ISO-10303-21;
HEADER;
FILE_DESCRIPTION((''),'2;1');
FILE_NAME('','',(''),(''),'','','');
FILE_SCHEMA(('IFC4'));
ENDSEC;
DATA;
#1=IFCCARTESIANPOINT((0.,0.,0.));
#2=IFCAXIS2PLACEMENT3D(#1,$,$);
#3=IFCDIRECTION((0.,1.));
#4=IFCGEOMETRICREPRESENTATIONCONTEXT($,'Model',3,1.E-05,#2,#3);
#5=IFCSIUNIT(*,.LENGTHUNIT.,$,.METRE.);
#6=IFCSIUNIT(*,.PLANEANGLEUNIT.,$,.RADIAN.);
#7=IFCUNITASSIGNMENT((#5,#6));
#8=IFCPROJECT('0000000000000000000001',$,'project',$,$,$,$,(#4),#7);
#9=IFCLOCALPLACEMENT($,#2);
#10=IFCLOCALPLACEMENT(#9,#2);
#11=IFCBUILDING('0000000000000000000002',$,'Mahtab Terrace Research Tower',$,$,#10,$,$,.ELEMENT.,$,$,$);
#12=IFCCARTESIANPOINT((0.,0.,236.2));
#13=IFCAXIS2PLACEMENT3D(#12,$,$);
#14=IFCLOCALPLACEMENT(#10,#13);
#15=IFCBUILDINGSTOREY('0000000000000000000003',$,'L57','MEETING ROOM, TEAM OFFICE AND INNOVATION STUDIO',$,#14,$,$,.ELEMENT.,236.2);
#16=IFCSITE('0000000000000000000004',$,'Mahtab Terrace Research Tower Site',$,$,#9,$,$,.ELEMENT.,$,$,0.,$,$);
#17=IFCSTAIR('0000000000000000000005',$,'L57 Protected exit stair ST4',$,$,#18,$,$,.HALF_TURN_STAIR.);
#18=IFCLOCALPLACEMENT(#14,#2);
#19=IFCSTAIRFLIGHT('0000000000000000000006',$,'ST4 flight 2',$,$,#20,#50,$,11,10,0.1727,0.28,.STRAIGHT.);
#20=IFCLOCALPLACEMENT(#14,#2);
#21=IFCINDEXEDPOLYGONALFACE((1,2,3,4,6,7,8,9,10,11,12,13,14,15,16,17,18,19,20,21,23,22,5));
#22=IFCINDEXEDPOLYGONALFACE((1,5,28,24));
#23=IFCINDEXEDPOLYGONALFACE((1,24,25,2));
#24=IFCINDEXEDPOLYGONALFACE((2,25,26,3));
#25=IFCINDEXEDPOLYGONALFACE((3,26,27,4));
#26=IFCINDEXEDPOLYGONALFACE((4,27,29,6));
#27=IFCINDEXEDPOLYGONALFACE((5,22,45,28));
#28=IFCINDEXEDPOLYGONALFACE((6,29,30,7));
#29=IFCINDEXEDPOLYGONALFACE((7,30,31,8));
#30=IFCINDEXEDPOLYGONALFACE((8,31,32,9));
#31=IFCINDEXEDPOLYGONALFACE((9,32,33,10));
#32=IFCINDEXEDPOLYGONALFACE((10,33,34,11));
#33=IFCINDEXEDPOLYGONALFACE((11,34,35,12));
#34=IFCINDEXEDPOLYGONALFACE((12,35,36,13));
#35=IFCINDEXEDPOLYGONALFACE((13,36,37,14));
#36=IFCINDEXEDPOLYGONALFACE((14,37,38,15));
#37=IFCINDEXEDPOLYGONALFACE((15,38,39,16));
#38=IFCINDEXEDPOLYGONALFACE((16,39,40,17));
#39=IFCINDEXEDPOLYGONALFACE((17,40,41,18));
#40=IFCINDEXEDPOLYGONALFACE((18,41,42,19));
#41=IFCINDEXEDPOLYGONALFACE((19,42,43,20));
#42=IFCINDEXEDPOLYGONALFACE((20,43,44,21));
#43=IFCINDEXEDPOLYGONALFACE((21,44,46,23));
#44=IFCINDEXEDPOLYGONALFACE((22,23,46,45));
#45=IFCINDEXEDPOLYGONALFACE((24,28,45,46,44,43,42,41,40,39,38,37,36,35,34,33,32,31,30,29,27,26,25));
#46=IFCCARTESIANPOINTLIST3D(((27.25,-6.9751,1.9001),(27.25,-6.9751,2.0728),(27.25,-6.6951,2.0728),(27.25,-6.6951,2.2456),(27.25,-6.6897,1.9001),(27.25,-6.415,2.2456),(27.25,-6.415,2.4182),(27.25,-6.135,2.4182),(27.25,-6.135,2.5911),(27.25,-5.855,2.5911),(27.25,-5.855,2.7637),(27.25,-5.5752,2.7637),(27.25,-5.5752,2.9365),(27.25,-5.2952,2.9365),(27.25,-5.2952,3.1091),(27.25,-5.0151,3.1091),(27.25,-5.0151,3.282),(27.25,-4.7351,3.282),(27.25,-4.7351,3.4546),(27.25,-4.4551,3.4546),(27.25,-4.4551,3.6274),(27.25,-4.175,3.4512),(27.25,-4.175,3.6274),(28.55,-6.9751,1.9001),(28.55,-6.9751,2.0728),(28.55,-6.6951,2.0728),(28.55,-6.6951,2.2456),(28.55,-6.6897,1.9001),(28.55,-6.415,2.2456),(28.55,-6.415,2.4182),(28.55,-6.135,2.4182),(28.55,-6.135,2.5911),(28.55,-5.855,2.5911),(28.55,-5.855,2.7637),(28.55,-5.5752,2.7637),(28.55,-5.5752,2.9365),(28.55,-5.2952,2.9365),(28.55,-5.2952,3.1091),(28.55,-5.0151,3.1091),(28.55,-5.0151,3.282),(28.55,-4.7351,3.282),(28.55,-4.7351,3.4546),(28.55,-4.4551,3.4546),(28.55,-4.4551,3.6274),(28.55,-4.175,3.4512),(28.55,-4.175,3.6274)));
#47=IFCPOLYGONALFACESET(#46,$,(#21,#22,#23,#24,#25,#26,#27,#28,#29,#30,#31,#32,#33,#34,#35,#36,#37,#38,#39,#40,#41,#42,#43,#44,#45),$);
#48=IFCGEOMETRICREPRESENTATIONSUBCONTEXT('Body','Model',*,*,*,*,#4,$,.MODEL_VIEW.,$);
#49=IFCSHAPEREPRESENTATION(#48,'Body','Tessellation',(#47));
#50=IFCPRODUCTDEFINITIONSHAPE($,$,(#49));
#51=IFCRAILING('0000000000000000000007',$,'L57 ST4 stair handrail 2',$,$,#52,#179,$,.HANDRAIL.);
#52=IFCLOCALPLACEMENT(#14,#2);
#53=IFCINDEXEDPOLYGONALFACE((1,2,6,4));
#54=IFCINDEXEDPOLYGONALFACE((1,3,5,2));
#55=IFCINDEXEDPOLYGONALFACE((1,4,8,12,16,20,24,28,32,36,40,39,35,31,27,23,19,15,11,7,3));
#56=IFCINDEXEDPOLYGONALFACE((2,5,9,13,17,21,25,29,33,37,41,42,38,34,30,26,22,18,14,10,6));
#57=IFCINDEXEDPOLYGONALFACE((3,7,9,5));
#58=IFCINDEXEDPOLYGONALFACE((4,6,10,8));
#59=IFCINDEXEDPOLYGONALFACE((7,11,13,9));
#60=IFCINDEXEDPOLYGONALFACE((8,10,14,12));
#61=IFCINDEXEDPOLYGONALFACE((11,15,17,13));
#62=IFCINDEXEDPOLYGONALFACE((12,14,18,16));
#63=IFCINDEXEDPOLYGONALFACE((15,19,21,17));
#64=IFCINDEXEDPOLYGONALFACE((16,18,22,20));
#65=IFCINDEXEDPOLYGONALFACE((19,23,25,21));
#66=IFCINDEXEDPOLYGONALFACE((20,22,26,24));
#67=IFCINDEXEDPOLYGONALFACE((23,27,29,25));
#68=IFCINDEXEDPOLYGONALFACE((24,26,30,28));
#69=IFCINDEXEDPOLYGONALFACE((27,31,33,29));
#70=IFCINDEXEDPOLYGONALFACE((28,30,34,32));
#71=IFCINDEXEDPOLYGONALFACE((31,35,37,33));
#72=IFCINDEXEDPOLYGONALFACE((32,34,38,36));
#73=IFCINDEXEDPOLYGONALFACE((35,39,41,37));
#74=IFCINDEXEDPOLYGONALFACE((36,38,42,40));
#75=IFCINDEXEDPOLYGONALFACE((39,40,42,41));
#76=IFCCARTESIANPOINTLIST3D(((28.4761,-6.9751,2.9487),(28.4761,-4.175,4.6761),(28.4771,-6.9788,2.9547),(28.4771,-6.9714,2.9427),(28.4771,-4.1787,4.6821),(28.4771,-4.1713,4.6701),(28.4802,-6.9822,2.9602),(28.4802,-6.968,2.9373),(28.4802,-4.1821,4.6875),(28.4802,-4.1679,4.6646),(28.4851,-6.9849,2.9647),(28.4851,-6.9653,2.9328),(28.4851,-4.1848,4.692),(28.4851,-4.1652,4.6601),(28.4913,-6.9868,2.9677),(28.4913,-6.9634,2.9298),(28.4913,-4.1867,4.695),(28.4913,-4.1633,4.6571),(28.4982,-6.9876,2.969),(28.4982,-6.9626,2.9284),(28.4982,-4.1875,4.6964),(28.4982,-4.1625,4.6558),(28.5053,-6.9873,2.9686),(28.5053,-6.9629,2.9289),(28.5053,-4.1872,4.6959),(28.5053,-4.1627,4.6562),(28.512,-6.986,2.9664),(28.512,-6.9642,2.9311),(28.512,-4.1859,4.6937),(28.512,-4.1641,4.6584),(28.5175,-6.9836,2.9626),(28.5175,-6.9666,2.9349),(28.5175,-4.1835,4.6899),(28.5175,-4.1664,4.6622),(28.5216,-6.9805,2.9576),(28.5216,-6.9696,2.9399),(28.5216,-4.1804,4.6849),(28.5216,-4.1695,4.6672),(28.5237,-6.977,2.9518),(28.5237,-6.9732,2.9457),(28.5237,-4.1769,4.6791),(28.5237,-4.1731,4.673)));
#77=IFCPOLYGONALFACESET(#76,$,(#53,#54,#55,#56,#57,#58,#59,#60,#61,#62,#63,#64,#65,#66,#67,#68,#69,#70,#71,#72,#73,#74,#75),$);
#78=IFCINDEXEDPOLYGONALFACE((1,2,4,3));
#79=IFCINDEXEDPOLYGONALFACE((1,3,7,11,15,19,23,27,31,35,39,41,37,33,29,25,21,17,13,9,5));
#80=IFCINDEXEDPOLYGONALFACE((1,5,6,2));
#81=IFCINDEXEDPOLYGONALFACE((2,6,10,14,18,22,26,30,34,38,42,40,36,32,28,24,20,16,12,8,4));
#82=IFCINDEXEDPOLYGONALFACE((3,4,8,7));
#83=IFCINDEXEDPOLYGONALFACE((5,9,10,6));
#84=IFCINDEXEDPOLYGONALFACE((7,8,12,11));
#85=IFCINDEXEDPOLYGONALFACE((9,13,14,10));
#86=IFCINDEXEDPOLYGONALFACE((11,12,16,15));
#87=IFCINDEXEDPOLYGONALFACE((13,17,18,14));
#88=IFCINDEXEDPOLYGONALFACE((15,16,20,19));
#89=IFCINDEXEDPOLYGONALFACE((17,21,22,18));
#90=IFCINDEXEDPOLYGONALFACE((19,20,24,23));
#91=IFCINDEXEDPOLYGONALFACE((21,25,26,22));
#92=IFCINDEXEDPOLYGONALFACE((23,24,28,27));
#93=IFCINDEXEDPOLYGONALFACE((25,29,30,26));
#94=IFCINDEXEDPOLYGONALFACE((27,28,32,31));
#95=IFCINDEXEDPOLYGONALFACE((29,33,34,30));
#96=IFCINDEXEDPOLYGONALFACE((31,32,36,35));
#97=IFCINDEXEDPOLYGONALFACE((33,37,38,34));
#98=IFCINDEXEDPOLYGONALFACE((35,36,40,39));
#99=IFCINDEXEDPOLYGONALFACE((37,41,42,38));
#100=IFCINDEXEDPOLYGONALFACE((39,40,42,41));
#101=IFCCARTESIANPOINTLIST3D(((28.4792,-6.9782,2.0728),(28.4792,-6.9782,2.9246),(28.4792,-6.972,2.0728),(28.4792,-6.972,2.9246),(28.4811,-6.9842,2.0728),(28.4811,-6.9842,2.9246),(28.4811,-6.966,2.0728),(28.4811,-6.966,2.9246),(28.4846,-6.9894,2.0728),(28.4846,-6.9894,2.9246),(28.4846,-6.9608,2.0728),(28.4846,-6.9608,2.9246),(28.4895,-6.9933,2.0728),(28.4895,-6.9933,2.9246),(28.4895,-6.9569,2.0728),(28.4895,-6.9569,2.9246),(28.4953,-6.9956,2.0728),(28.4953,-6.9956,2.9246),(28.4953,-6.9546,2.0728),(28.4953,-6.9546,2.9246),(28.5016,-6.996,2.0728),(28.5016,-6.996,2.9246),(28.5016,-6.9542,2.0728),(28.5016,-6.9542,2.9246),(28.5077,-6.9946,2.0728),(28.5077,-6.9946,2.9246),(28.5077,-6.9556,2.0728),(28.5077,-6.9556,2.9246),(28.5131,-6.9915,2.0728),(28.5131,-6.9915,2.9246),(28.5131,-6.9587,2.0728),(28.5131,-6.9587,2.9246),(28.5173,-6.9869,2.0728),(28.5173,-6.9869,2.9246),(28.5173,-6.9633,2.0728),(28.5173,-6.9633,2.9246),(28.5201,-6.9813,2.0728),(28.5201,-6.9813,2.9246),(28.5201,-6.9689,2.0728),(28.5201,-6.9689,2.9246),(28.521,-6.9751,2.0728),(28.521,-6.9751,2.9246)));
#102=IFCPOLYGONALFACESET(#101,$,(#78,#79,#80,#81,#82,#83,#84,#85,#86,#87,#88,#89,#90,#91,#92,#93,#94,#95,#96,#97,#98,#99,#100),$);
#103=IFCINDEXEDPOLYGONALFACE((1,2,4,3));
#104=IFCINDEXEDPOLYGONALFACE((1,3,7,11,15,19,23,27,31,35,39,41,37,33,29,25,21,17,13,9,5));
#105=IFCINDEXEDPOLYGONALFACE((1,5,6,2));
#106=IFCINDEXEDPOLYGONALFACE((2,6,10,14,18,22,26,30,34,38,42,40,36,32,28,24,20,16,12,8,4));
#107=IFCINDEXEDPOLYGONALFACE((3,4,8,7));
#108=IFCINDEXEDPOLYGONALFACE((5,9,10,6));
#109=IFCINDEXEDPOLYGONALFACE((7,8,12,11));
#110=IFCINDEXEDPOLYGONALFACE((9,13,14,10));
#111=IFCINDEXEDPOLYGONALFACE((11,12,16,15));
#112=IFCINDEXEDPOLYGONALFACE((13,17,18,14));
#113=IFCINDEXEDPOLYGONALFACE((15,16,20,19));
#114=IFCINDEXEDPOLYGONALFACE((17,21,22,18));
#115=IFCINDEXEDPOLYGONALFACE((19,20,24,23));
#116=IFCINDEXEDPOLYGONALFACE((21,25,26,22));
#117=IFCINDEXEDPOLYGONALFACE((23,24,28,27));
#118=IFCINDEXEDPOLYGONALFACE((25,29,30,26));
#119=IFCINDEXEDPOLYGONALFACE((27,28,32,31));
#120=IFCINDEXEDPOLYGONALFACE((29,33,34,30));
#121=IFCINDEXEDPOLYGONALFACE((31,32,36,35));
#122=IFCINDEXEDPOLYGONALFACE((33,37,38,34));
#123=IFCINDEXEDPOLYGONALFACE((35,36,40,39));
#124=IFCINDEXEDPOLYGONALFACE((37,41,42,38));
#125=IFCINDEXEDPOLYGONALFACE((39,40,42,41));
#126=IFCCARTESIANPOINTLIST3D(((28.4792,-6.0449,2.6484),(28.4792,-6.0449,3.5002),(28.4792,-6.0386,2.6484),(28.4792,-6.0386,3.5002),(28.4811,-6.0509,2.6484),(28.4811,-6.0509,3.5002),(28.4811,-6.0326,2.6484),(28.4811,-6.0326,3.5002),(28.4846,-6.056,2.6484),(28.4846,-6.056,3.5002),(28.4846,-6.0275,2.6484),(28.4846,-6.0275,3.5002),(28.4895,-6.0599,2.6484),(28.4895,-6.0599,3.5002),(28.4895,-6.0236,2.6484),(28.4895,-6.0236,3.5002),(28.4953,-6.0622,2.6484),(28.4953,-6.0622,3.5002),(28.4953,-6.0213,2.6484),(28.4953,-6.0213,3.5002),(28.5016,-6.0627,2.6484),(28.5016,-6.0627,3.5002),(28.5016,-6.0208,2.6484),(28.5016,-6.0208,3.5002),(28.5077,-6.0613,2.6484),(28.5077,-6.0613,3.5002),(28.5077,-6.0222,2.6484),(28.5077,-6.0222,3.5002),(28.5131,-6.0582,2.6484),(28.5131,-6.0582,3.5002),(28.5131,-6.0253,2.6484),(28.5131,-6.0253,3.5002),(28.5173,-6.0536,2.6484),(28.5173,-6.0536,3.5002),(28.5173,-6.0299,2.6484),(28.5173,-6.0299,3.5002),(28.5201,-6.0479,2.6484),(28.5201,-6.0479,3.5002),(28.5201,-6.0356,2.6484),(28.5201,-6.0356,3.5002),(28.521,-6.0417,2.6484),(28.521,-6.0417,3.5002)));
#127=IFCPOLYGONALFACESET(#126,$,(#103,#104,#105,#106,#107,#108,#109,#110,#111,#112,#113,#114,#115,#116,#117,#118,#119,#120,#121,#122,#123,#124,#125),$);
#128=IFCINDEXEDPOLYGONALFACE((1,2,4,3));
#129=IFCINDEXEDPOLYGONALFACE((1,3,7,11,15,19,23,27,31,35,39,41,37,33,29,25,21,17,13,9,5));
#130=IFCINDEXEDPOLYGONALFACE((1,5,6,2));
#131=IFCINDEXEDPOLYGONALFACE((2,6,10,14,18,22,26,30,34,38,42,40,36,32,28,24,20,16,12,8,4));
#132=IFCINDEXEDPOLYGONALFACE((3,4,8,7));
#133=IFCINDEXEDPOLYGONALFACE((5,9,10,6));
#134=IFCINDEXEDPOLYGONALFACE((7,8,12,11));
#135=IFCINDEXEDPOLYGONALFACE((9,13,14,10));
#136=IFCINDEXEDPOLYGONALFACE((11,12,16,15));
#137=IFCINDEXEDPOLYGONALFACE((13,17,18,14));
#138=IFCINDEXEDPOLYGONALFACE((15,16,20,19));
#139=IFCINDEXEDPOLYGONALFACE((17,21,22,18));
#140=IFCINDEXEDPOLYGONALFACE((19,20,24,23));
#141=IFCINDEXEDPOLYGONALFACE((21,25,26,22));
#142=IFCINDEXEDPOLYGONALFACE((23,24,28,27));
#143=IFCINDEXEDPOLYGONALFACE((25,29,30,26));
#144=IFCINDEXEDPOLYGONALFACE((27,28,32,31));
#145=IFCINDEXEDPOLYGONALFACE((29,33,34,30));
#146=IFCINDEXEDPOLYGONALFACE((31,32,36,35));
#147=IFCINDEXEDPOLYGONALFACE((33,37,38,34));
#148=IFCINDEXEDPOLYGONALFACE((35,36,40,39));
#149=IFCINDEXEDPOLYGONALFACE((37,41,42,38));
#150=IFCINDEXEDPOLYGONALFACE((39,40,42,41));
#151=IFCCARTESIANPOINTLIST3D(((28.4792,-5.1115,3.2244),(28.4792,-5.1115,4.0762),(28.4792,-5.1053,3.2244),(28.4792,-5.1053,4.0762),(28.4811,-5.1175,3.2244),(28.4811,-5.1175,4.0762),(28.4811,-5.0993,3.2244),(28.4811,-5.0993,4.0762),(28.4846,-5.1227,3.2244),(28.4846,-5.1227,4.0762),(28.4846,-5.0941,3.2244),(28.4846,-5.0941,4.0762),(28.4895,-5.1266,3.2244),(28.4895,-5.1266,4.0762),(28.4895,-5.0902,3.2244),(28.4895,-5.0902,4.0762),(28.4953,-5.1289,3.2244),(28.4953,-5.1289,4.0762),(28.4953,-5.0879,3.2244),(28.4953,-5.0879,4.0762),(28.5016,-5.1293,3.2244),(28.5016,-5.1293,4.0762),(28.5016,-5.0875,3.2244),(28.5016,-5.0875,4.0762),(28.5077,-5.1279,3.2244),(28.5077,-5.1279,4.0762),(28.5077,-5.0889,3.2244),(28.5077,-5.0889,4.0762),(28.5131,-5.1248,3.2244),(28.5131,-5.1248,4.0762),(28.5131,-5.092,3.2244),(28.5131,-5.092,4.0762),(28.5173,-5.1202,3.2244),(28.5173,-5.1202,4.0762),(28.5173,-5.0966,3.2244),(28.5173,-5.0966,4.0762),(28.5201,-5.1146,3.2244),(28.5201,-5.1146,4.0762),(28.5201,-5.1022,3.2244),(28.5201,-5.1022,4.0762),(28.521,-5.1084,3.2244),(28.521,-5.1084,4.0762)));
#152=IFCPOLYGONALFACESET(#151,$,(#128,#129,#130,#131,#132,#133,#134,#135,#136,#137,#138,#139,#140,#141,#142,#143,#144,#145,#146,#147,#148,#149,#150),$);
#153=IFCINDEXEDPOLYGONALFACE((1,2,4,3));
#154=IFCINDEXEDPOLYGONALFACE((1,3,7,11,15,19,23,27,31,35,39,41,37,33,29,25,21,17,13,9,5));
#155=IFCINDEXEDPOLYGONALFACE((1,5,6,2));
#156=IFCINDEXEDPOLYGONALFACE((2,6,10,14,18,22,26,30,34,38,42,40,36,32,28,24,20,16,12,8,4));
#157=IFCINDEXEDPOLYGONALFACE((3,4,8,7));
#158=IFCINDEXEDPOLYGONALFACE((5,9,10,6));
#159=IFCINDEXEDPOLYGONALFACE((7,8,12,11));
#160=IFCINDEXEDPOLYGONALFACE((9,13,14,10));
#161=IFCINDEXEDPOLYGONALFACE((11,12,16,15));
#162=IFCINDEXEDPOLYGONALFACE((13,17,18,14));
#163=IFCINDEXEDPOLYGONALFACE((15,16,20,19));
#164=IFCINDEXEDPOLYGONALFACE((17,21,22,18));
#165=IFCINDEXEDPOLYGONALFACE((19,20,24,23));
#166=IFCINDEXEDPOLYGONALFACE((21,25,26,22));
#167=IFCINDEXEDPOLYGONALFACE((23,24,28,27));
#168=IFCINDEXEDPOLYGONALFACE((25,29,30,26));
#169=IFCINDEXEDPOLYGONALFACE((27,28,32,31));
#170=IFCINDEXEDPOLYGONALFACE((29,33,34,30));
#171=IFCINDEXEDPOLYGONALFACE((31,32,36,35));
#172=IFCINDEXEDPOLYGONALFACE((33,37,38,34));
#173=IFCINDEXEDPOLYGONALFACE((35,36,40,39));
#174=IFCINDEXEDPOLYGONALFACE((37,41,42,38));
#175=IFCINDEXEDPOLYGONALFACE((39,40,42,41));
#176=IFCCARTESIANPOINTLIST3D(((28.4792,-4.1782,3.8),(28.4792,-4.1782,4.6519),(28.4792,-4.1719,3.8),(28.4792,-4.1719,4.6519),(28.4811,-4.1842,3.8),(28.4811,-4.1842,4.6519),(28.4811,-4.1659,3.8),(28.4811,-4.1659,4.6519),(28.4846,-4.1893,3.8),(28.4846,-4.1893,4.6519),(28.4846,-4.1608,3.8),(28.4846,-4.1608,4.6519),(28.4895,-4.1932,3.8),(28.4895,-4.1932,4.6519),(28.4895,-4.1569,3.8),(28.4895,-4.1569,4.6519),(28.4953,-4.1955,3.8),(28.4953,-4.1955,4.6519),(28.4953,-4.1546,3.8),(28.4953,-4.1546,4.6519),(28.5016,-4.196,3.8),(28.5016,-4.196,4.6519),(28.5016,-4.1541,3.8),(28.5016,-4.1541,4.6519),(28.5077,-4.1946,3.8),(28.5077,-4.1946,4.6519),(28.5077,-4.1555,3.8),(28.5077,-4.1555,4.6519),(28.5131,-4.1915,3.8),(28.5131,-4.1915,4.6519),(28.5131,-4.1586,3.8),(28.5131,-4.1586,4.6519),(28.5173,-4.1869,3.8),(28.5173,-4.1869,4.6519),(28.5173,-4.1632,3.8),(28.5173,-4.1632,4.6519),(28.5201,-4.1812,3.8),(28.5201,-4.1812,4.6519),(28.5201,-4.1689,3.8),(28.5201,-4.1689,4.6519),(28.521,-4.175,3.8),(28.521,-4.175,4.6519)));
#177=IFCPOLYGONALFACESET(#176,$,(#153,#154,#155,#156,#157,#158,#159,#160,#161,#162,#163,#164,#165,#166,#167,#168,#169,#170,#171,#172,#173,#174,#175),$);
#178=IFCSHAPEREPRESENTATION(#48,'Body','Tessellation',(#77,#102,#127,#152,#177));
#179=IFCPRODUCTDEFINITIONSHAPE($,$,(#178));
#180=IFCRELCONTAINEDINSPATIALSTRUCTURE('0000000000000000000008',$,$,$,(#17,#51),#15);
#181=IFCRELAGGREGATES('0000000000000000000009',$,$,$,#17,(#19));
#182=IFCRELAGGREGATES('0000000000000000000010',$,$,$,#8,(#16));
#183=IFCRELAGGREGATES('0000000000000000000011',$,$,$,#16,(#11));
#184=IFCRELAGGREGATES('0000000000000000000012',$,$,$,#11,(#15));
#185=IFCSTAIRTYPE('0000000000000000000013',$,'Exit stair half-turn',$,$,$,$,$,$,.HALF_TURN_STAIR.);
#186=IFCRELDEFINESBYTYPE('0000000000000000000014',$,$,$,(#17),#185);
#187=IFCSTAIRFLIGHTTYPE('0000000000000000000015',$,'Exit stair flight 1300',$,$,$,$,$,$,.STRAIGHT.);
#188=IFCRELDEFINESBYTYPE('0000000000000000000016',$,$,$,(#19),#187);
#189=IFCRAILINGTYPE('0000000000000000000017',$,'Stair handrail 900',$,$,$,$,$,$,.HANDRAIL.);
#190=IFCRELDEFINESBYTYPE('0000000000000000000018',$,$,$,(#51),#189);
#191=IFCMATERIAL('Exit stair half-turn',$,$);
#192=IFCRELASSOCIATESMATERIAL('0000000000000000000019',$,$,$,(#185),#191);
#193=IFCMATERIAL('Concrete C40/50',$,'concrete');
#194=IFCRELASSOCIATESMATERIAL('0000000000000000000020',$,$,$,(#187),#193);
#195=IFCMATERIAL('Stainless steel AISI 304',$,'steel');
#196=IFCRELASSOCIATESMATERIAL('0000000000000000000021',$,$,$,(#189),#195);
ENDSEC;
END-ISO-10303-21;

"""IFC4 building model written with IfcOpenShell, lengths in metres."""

from ifc_helpers import new_model, si_unit, direction, frame, origin, origin_2d, place, context, subcontext, project, spatial, polyline, circle, outline, extrude, material, type_object, element, aggregate, save


model = new_model("IFC4")

# Units and contexts
model_context = context("Model", 3, precision=1e-05, world=origin(), true_north=direction((0.0, 1.0)))
body_context = subcontext(model_context, "Body", "Model", "MODEL_VIEW")
ifc_project = project(units=[si_unit("LENGTHUNIT", "METRE"), si_unit("PLANEANGLEUNIT", "RADIAN")], contexts=[model_context])

# Site, building, storey
site_placement = place(None, origin())
site = spatial("IfcSite", under=ifc_project, at=site_placement, Name="Mahtab Terrace Research Tower Site", CompositionType="ELEMENT", RefElevation=0.0)
building_placement = place(site_placement, origin())
building = spatial("IfcBuilding", under=site, at=building_placement, Name="Mahtab Terrace Research Tower", CompositionType="ELEMENT")
storey_placement = place(building_placement, frame((0.0, 0.0, 236.2)))
storey = spatial("IfcBuildingStorey", under=building, at=storey_placement, Name="L57", Description="MEETING ROOM, TEAM OFFICE AND INNOVATION STUDIO", CompositionType="ELEMENT", Elevation=236.2)

# Stair, stair flight
ifc_material_1 = material(Name="Exit stair half-turn")
stair_type = type_object("IfcStairType", Name="Exit stair half-turn", PredefinedType="HALF_TURN_STAIR", material=ifc_material_1)
stair_placement = place(storey_placement, origin())
stair = element("IfcStair", 1, at=stair_placement, inside=storey, type_object=stair_type, Name="L57 Protected exit stair ST4", PredefinedType="HALF_TURN_STAIR")
ifc_material_2 = material(Name="Concrete C40/50", Category="concrete")
stair_flight_type = type_object("IfcStairFlightType", Name="Exit stair flight 1300", PredefinedType="STRAIGHT", material=ifc_material_2)
stair_flight_placement = place(storey_placement, frame((27.8999, -6.9751, 1.9001), z_axis=(0.0, 0.0, 1.0), x_axis=(0.0, 1.0, 0.0)))
stair_flight = element("IfcStairFlight", 2, at=stair_flight_placement, type_object=stair_flight_type, Name="ST4 flight 2", NumberOfRisers=11, NumberOfTreads=10, PredefinedType="STRAIGHT", RiserHeight=0.1727, TreadLength=0.28, context=body_context, shape_type="SweptSolid", body=[
    extrude(outline(polyline([(0.0, 0.0), (0.0, 0.1726), (0.28, 0.1726), (0.28, 0.3455), (0.5601, 0.3455), (0.5601, 0.5181), (0.8401, 0.5181), (0.8401, 0.6909), (1.1201, 0.6909), (1.1201, 0.8635), (1.3999, 0.8635), (1.3999, 1.0364), (1.6799, 1.0364), (1.6799, 1.209), (1.96, 1.209), (1.96, 1.3818), (2.24, 1.3818), (2.24, 1.5544), (2.52, 1.5544), (2.52, 1.7273), (2.8, 1.7273), (2.8, 1.8999), (2.8, 1.551), (0.2854, 0.0), (0.0, 0.0)])), frame((0.0, 0.6499, 0.0), z_axis=(0.0, -1.0, 0.0), x_axis=(1.0, 0.0, 0.0)), (0.0, 0.0, 1.0), 1.3),
])
aggregate(stair, [stair_flight])

# Railing
ifc_material_3 = material(Name="Stainless steel AISI 304", Category="steel")
railing_type = type_object("IfcRailingType", Name="Stair handrail 900", PredefinedType="HANDRAIL", material=ifc_material_3)
railing_placement = place(storey_placement, frame((28.5, -6.9751, 2.0728)))
element("IfcRailing", 3, at=railing_placement, inside=storey, type_object=railing_type, Name="L57 ST4 stair handrail 2", PredefinedType="HANDRAIL", context=body_context, shape_type="SweptSolid", body=[
    extrude(circle(Radius=0.0239, at=origin_2d()), frame((0.0, 0.0, 0.876), z_axis=(0.0, 0.85109, 0.52502), x_axis=(-1.0, 0.0, 0.0)), (0.0, 0.0, 1.0), 3.29),
    extrude(circle(Radius=0.021, at=origin_2d()), origin(), (0.0, 0.0, 1.0), 0.8518),
    extrude(circle(Radius=0.021, at=origin_2d()), frame((0.0, 0.9333, 0.5757)), (0.0, 0.0, 1.0), 0.8518),
    extrude(circle(Radius=0.021, at=origin_2d()), frame((0.0, 1.8667, 1.1516)), (0.0, 0.0, 1.0), 0.8518),
    extrude(circle(Radius=0.021, at=origin_2d()), frame((0.0, 2.8, 1.7273)), (0.0, 0.0, 1.0), 0.8518),
])

save(model, "model.ifc")
